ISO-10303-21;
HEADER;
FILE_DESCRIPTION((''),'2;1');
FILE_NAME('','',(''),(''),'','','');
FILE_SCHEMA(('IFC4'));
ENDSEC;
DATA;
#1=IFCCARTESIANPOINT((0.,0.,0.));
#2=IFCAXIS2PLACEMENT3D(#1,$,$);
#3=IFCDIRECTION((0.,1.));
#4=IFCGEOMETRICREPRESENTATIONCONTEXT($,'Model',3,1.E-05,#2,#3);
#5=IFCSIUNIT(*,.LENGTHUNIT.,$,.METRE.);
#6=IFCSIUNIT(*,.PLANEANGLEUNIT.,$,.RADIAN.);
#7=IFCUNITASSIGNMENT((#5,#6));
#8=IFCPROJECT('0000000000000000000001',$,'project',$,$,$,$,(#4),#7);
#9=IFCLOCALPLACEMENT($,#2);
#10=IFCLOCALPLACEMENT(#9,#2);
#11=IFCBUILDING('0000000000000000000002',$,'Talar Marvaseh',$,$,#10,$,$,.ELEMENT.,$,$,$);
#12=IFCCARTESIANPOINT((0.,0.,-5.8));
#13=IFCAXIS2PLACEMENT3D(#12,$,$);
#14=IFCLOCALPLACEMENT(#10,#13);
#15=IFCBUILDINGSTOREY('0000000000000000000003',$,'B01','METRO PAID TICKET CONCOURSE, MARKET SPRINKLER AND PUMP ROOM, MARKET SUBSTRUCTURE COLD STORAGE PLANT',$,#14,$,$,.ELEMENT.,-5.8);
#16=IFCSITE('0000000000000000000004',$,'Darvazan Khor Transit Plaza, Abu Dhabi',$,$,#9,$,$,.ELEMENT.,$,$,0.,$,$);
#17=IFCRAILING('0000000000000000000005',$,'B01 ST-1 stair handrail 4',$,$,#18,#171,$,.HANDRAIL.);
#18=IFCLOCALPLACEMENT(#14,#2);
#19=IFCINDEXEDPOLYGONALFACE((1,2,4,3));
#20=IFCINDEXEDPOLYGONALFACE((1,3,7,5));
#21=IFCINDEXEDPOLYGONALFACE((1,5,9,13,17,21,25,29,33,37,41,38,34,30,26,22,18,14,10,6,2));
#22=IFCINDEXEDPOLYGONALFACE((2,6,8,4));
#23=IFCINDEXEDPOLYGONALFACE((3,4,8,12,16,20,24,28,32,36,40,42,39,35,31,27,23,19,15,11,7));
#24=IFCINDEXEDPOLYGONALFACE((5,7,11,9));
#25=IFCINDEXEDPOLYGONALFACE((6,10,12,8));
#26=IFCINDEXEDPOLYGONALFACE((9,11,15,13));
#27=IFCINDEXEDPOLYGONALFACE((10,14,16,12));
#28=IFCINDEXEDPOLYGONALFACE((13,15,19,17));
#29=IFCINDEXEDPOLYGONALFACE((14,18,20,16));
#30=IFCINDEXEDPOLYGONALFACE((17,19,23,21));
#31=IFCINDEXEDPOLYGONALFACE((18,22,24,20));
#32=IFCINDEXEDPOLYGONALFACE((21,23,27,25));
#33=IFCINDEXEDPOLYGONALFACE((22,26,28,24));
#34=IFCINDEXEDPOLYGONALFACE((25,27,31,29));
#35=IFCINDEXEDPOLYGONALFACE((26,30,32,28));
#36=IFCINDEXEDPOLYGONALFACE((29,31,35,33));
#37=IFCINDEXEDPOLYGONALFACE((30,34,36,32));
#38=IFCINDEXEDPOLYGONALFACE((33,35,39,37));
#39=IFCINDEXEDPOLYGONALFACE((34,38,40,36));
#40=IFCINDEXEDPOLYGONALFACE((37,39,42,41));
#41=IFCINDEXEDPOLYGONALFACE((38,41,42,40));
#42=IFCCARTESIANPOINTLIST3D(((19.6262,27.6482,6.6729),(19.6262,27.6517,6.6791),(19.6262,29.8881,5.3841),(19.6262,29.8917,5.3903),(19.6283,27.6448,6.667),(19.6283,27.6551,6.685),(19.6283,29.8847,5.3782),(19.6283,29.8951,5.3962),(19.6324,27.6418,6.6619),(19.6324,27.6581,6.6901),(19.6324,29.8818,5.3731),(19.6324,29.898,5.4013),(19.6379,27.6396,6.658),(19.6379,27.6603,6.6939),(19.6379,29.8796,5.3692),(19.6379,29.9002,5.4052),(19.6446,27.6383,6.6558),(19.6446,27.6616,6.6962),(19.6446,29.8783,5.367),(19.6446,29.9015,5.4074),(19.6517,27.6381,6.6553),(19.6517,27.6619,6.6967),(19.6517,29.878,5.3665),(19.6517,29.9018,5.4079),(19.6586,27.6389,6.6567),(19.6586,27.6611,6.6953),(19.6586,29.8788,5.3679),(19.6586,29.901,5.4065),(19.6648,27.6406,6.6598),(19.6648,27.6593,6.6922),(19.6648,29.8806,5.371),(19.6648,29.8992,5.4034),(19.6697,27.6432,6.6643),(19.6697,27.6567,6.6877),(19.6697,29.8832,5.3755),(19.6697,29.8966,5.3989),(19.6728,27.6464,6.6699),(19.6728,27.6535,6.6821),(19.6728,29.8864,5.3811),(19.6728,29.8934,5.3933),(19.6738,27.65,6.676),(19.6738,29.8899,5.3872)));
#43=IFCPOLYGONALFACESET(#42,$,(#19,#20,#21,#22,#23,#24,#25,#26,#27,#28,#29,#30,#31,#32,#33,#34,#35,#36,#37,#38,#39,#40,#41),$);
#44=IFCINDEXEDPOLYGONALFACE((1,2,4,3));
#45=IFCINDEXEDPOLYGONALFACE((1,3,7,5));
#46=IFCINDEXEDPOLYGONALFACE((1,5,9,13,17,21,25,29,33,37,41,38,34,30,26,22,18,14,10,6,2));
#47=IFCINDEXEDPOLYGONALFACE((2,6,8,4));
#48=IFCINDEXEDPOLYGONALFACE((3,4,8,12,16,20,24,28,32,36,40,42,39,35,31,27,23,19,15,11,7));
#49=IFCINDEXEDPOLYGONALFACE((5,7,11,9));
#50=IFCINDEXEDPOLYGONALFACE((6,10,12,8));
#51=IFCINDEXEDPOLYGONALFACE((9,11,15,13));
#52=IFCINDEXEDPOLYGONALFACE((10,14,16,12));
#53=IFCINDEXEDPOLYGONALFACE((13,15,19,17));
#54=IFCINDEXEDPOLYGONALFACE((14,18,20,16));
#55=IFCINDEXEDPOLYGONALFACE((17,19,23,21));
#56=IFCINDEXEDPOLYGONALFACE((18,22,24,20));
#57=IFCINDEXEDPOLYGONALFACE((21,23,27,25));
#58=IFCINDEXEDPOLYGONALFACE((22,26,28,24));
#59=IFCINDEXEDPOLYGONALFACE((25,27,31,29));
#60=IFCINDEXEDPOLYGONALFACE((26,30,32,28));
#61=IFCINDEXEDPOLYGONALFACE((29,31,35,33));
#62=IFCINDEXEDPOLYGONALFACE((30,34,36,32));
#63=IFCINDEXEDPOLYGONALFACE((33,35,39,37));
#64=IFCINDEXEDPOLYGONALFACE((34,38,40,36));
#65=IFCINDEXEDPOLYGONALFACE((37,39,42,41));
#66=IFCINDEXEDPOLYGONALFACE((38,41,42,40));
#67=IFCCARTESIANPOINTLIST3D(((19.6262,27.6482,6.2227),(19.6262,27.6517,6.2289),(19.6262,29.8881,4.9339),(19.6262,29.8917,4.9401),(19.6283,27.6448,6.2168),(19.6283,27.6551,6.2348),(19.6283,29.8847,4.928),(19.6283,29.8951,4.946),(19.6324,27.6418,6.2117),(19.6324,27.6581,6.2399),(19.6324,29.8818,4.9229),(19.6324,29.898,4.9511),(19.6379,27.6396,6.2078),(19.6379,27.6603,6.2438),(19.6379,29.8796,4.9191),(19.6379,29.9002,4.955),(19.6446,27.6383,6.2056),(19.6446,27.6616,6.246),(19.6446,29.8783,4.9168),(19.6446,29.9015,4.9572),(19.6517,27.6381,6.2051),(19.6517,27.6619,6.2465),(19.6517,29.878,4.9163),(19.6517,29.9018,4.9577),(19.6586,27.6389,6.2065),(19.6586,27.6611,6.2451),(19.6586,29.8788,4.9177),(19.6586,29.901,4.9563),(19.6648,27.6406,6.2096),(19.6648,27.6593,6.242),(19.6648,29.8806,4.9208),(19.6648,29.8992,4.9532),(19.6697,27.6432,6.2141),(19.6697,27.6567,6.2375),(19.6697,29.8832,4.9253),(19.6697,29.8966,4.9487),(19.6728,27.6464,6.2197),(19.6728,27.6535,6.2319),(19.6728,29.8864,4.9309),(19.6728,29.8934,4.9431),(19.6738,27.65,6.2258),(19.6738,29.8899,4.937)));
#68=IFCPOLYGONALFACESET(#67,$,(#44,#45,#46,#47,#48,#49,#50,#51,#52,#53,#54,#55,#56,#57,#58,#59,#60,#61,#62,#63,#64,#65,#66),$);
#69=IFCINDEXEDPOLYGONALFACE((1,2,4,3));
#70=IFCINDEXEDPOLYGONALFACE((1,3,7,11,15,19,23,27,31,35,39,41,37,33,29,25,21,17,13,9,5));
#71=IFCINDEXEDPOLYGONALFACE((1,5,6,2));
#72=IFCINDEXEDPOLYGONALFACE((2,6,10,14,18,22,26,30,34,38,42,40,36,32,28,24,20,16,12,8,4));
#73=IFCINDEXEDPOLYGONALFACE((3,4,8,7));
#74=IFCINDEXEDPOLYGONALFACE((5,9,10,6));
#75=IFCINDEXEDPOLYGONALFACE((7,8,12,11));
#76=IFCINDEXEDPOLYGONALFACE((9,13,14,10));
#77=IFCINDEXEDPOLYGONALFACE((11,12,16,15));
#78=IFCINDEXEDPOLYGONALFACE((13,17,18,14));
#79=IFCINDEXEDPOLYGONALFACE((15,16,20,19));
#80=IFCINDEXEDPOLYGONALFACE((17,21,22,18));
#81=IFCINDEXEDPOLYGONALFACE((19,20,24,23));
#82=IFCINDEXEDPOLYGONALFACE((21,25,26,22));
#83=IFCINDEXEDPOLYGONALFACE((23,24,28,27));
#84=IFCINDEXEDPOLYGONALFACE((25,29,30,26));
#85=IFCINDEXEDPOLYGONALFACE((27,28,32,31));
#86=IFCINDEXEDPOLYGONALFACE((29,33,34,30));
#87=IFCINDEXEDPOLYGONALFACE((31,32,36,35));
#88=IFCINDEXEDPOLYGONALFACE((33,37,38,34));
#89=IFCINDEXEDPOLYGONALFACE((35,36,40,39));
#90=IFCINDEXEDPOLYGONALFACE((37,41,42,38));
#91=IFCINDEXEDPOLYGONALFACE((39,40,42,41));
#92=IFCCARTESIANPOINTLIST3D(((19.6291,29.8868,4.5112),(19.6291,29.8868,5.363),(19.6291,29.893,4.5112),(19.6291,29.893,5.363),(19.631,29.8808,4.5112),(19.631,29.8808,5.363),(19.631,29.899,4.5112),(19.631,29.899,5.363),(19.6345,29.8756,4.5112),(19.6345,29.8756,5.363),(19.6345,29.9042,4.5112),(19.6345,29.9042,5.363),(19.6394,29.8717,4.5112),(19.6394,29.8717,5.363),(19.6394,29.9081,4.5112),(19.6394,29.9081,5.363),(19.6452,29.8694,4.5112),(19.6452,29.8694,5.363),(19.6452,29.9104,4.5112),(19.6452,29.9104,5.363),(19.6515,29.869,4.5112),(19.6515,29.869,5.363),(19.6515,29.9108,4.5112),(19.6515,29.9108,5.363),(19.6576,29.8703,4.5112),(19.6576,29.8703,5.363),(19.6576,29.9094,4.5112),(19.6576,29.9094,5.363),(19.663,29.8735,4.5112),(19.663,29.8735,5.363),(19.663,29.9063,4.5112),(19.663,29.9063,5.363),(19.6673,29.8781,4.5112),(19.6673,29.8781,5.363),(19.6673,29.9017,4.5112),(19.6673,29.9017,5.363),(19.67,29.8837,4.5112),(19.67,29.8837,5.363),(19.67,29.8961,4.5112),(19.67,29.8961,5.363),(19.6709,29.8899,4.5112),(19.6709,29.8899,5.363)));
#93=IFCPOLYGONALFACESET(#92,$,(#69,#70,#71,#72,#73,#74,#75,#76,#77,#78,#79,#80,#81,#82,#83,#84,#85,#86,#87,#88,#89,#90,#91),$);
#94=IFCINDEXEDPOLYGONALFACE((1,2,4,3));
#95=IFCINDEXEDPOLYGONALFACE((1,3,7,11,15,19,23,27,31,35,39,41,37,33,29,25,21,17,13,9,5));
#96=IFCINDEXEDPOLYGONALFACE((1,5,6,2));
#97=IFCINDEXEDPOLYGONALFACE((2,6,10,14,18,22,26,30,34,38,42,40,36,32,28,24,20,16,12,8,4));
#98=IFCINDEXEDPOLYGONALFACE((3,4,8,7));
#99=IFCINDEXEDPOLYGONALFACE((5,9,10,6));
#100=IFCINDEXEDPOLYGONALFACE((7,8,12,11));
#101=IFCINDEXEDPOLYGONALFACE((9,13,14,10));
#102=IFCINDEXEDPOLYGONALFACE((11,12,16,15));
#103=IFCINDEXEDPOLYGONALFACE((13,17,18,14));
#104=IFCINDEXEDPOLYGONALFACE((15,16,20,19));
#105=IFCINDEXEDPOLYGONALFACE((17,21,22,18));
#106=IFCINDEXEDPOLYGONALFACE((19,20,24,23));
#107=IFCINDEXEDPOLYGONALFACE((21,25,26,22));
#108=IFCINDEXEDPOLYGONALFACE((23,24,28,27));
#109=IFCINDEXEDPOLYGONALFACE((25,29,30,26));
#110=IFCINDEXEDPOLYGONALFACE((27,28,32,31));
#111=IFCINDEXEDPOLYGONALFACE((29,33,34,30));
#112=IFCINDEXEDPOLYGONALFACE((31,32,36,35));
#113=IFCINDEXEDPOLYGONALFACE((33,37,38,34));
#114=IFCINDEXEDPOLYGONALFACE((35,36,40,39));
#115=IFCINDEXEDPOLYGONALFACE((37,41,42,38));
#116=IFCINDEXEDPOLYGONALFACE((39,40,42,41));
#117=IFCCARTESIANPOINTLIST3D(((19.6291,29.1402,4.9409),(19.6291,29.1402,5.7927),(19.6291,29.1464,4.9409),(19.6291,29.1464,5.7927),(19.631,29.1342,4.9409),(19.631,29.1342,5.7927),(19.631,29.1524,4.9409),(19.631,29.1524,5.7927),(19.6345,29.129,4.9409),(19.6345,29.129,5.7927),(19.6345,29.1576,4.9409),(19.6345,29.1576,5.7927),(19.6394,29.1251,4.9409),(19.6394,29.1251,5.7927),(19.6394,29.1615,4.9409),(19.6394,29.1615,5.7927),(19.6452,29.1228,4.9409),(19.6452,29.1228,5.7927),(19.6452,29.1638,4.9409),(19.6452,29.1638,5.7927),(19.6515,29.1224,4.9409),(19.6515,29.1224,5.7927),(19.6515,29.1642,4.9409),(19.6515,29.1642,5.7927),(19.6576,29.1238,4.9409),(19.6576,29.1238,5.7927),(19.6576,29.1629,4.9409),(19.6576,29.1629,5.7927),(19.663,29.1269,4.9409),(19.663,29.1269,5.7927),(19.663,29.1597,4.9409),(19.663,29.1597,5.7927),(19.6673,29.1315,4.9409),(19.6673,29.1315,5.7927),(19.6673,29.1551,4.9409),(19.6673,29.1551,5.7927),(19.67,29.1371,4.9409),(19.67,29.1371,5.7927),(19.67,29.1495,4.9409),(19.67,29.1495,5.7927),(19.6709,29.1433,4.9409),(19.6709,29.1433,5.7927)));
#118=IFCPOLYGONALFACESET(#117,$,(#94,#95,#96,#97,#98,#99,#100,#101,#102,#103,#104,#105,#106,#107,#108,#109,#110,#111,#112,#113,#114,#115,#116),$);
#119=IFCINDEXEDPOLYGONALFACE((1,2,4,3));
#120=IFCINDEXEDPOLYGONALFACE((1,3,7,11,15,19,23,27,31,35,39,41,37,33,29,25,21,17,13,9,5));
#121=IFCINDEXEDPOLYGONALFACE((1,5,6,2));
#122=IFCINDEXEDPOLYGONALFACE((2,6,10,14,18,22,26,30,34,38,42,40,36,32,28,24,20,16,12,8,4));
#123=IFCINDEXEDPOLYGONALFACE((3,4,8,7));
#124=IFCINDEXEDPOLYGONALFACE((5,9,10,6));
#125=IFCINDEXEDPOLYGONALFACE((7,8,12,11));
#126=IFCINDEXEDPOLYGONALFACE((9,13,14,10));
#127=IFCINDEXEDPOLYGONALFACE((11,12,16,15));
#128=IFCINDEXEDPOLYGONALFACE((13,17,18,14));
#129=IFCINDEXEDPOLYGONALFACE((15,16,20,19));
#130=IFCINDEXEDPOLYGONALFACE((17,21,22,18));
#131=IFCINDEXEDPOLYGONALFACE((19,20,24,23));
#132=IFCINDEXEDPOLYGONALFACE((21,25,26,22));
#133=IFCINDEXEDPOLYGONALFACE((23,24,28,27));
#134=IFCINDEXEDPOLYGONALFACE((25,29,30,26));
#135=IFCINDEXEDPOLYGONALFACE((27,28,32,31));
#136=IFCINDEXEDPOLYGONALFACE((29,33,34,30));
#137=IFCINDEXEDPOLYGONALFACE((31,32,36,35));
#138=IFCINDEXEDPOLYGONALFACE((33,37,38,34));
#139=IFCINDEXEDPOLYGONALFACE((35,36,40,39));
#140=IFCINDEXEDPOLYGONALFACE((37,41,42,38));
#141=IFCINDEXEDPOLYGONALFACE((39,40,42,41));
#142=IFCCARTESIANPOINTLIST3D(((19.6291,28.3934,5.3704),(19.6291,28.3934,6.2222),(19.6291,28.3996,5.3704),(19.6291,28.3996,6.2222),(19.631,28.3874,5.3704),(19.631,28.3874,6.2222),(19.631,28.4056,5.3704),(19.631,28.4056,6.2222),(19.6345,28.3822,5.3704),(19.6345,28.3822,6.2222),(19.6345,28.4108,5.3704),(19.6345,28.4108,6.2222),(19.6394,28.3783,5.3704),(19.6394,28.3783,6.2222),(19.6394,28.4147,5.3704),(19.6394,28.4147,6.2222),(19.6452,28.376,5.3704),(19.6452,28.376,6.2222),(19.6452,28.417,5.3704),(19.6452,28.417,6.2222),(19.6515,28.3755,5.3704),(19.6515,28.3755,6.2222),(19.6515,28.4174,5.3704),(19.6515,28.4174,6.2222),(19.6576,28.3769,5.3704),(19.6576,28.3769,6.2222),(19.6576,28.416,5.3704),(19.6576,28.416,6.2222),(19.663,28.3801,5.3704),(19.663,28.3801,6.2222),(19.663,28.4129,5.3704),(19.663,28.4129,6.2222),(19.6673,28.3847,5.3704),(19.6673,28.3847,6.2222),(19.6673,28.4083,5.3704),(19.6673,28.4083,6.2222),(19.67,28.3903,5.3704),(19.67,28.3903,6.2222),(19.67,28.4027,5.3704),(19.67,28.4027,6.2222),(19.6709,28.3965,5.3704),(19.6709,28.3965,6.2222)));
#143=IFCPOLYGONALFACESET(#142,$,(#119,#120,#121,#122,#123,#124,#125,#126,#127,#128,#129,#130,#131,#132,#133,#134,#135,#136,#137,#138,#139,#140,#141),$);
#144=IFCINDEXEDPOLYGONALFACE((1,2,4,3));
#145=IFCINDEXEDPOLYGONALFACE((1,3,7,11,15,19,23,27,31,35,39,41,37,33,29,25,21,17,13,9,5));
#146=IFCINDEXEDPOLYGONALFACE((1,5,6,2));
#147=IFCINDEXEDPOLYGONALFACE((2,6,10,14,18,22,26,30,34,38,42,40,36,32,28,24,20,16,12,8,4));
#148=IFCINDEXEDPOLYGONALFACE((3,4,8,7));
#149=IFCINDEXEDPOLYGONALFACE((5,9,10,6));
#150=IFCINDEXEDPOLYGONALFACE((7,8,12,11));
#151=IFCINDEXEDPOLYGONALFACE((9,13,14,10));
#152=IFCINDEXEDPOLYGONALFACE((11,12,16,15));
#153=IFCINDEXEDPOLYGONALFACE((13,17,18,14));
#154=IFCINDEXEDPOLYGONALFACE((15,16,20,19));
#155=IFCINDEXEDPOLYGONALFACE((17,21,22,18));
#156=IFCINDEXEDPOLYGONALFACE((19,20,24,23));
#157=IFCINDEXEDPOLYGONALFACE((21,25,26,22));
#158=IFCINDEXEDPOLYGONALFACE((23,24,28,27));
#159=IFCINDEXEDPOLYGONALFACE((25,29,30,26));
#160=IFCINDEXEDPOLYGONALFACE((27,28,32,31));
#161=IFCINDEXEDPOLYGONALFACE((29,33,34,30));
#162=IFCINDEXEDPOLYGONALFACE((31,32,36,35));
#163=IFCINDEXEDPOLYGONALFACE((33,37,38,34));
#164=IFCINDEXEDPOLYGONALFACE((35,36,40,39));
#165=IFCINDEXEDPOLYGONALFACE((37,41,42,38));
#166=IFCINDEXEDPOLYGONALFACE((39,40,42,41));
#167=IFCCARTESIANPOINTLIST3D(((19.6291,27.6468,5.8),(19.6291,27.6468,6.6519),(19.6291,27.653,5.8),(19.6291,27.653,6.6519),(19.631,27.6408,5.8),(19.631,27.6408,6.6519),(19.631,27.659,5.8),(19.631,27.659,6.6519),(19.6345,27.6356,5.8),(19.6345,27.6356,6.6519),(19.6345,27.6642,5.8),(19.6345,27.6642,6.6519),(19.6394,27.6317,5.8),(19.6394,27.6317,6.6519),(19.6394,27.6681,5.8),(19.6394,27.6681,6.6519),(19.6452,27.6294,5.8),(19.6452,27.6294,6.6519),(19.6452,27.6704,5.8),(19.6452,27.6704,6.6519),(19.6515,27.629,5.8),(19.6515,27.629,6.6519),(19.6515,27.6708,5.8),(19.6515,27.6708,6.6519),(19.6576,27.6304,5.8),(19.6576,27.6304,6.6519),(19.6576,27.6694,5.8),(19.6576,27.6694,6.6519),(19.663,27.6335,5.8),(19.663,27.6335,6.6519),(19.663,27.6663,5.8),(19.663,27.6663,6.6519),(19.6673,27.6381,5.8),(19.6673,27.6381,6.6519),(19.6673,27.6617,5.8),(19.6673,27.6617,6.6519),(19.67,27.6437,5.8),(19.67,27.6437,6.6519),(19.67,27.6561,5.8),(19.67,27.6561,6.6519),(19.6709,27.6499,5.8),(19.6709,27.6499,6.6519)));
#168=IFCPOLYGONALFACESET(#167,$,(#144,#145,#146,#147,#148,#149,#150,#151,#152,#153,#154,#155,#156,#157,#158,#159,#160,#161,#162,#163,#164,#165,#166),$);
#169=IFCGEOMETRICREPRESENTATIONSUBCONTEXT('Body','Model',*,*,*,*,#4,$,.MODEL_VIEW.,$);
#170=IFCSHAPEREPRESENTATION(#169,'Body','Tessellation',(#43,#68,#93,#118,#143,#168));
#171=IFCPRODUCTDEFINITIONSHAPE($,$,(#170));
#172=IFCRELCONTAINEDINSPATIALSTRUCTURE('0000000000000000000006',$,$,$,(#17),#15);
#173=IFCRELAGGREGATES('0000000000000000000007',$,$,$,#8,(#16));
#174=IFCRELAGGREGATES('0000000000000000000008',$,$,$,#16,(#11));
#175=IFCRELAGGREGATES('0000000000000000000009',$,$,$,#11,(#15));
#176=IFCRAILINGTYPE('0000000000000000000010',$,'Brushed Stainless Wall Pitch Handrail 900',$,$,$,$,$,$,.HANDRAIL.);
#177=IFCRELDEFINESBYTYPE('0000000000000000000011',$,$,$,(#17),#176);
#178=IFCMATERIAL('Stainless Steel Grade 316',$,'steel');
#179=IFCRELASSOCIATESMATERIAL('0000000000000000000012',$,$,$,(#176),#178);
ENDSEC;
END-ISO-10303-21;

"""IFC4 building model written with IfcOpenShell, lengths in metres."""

from ifc_helpers import new_model, si_unit, direction, frame, origin, origin_2d, place, context, subcontext, project, spatial, circle, extrude, material, type_object, element, save


model = new_model("IFC4")

# Units and contexts
model_context = context("Model", 3, precision=1e-05, world=origin(), true_north=direction((0.0, 1.0)))
body_context = subcontext(model_context, "Body", "Model", "MODEL_VIEW")
ifc_project = project(units=[si_unit("LENGTHUNIT", "METRE"), si_unit("PLANEANGLEUNIT", "RADIAN")], contexts=[model_context])

# Site, building, storey
site_placement = place(None, origin())
site = spatial("IfcSite", under=ifc_project, at=site_placement, Name="Darvazan Khor Transit Plaza, Abu Dhabi", CompositionType="ELEMENT", RefElevation=0.0)
building_placement = place(site_placement, origin())
building = spatial("IfcBuilding", under=site, at=building_placement, Name="Talar Marvaseh", CompositionType="ELEMENT")
storey_placement = place(building_placement, frame((0.0, 0.0, -5.8)))
storey = spatial("IfcBuildingStorey", under=building, at=storey_placement, Name="B01", Description="METRO PAID TICKET CONCOURSE, MARKET SPRINKLER AND PUMP ROOM, MARKET SUBSTRUCTURE COLD STORAGE PLANT", CompositionType="ELEMENT", Elevation=-5.8)

# Shared definitions
ifc_material_1 = material(Name="Stainless Steel Grade 316", Category="steel")

# Railing
railing_type_1 = type_object("IfcRailingType", Name="Brushed Stainless Wall Pitch Handrail 900", PredefinedType="HANDRAIL", material=ifc_material_1)
railing_1_placement = place(storey_placement, frame((19.6499, 29.8899, 4.5112)))
element("IfcRailing", 1, at=railing_1_placement, inside=storey, type_object=railing_type_1, Name="B01 ST-1 stair handrail 4", PredefinedType="HANDRAIL", context=body_context, shape_type="SweptSolid", body=[
    extrude(circle(Radius=0.0239, at=origin_2d()), frame((0.0, 0.0, 0.876), z_axis=(0.0, -0.866768, 0.498711), x_axis=(1.0, 0.0, 0.0)), (0.0, 0.0, 1.0), 2.5842),
    extrude(circle(Radius=0.0239, at=origin_2d()), frame((0.0, 0.0, 0.4258), z_axis=(0.0, -0.866768, 0.498711), x_axis=(1.0, 0.0, 0.0)), (0.0, 0.0, 1.0), 2.5842),
    extrude(circle(Radius=0.021, at=origin_2d()), origin(), (0.0, 0.0, 1.0), 0.8518),
    extrude(circle(Radius=0.021, at=origin_2d()), frame((0.0, -0.7466, 0.4297)), (0.0, 0.0, 1.0), 0.8518),
    extrude(circle(Radius=0.021, at=origin_2d()), frame((0.0, -1.4934, 0.8591)), (0.0, 0.0, 1.0), 0.8518),
    extrude(circle(Radius=0.021, at=origin_2d()), frame((0.0, -2.24, 1.2888)), (0.0, 0.0, 1.0), 0.8518),
])

save(model, "model.ifc")
